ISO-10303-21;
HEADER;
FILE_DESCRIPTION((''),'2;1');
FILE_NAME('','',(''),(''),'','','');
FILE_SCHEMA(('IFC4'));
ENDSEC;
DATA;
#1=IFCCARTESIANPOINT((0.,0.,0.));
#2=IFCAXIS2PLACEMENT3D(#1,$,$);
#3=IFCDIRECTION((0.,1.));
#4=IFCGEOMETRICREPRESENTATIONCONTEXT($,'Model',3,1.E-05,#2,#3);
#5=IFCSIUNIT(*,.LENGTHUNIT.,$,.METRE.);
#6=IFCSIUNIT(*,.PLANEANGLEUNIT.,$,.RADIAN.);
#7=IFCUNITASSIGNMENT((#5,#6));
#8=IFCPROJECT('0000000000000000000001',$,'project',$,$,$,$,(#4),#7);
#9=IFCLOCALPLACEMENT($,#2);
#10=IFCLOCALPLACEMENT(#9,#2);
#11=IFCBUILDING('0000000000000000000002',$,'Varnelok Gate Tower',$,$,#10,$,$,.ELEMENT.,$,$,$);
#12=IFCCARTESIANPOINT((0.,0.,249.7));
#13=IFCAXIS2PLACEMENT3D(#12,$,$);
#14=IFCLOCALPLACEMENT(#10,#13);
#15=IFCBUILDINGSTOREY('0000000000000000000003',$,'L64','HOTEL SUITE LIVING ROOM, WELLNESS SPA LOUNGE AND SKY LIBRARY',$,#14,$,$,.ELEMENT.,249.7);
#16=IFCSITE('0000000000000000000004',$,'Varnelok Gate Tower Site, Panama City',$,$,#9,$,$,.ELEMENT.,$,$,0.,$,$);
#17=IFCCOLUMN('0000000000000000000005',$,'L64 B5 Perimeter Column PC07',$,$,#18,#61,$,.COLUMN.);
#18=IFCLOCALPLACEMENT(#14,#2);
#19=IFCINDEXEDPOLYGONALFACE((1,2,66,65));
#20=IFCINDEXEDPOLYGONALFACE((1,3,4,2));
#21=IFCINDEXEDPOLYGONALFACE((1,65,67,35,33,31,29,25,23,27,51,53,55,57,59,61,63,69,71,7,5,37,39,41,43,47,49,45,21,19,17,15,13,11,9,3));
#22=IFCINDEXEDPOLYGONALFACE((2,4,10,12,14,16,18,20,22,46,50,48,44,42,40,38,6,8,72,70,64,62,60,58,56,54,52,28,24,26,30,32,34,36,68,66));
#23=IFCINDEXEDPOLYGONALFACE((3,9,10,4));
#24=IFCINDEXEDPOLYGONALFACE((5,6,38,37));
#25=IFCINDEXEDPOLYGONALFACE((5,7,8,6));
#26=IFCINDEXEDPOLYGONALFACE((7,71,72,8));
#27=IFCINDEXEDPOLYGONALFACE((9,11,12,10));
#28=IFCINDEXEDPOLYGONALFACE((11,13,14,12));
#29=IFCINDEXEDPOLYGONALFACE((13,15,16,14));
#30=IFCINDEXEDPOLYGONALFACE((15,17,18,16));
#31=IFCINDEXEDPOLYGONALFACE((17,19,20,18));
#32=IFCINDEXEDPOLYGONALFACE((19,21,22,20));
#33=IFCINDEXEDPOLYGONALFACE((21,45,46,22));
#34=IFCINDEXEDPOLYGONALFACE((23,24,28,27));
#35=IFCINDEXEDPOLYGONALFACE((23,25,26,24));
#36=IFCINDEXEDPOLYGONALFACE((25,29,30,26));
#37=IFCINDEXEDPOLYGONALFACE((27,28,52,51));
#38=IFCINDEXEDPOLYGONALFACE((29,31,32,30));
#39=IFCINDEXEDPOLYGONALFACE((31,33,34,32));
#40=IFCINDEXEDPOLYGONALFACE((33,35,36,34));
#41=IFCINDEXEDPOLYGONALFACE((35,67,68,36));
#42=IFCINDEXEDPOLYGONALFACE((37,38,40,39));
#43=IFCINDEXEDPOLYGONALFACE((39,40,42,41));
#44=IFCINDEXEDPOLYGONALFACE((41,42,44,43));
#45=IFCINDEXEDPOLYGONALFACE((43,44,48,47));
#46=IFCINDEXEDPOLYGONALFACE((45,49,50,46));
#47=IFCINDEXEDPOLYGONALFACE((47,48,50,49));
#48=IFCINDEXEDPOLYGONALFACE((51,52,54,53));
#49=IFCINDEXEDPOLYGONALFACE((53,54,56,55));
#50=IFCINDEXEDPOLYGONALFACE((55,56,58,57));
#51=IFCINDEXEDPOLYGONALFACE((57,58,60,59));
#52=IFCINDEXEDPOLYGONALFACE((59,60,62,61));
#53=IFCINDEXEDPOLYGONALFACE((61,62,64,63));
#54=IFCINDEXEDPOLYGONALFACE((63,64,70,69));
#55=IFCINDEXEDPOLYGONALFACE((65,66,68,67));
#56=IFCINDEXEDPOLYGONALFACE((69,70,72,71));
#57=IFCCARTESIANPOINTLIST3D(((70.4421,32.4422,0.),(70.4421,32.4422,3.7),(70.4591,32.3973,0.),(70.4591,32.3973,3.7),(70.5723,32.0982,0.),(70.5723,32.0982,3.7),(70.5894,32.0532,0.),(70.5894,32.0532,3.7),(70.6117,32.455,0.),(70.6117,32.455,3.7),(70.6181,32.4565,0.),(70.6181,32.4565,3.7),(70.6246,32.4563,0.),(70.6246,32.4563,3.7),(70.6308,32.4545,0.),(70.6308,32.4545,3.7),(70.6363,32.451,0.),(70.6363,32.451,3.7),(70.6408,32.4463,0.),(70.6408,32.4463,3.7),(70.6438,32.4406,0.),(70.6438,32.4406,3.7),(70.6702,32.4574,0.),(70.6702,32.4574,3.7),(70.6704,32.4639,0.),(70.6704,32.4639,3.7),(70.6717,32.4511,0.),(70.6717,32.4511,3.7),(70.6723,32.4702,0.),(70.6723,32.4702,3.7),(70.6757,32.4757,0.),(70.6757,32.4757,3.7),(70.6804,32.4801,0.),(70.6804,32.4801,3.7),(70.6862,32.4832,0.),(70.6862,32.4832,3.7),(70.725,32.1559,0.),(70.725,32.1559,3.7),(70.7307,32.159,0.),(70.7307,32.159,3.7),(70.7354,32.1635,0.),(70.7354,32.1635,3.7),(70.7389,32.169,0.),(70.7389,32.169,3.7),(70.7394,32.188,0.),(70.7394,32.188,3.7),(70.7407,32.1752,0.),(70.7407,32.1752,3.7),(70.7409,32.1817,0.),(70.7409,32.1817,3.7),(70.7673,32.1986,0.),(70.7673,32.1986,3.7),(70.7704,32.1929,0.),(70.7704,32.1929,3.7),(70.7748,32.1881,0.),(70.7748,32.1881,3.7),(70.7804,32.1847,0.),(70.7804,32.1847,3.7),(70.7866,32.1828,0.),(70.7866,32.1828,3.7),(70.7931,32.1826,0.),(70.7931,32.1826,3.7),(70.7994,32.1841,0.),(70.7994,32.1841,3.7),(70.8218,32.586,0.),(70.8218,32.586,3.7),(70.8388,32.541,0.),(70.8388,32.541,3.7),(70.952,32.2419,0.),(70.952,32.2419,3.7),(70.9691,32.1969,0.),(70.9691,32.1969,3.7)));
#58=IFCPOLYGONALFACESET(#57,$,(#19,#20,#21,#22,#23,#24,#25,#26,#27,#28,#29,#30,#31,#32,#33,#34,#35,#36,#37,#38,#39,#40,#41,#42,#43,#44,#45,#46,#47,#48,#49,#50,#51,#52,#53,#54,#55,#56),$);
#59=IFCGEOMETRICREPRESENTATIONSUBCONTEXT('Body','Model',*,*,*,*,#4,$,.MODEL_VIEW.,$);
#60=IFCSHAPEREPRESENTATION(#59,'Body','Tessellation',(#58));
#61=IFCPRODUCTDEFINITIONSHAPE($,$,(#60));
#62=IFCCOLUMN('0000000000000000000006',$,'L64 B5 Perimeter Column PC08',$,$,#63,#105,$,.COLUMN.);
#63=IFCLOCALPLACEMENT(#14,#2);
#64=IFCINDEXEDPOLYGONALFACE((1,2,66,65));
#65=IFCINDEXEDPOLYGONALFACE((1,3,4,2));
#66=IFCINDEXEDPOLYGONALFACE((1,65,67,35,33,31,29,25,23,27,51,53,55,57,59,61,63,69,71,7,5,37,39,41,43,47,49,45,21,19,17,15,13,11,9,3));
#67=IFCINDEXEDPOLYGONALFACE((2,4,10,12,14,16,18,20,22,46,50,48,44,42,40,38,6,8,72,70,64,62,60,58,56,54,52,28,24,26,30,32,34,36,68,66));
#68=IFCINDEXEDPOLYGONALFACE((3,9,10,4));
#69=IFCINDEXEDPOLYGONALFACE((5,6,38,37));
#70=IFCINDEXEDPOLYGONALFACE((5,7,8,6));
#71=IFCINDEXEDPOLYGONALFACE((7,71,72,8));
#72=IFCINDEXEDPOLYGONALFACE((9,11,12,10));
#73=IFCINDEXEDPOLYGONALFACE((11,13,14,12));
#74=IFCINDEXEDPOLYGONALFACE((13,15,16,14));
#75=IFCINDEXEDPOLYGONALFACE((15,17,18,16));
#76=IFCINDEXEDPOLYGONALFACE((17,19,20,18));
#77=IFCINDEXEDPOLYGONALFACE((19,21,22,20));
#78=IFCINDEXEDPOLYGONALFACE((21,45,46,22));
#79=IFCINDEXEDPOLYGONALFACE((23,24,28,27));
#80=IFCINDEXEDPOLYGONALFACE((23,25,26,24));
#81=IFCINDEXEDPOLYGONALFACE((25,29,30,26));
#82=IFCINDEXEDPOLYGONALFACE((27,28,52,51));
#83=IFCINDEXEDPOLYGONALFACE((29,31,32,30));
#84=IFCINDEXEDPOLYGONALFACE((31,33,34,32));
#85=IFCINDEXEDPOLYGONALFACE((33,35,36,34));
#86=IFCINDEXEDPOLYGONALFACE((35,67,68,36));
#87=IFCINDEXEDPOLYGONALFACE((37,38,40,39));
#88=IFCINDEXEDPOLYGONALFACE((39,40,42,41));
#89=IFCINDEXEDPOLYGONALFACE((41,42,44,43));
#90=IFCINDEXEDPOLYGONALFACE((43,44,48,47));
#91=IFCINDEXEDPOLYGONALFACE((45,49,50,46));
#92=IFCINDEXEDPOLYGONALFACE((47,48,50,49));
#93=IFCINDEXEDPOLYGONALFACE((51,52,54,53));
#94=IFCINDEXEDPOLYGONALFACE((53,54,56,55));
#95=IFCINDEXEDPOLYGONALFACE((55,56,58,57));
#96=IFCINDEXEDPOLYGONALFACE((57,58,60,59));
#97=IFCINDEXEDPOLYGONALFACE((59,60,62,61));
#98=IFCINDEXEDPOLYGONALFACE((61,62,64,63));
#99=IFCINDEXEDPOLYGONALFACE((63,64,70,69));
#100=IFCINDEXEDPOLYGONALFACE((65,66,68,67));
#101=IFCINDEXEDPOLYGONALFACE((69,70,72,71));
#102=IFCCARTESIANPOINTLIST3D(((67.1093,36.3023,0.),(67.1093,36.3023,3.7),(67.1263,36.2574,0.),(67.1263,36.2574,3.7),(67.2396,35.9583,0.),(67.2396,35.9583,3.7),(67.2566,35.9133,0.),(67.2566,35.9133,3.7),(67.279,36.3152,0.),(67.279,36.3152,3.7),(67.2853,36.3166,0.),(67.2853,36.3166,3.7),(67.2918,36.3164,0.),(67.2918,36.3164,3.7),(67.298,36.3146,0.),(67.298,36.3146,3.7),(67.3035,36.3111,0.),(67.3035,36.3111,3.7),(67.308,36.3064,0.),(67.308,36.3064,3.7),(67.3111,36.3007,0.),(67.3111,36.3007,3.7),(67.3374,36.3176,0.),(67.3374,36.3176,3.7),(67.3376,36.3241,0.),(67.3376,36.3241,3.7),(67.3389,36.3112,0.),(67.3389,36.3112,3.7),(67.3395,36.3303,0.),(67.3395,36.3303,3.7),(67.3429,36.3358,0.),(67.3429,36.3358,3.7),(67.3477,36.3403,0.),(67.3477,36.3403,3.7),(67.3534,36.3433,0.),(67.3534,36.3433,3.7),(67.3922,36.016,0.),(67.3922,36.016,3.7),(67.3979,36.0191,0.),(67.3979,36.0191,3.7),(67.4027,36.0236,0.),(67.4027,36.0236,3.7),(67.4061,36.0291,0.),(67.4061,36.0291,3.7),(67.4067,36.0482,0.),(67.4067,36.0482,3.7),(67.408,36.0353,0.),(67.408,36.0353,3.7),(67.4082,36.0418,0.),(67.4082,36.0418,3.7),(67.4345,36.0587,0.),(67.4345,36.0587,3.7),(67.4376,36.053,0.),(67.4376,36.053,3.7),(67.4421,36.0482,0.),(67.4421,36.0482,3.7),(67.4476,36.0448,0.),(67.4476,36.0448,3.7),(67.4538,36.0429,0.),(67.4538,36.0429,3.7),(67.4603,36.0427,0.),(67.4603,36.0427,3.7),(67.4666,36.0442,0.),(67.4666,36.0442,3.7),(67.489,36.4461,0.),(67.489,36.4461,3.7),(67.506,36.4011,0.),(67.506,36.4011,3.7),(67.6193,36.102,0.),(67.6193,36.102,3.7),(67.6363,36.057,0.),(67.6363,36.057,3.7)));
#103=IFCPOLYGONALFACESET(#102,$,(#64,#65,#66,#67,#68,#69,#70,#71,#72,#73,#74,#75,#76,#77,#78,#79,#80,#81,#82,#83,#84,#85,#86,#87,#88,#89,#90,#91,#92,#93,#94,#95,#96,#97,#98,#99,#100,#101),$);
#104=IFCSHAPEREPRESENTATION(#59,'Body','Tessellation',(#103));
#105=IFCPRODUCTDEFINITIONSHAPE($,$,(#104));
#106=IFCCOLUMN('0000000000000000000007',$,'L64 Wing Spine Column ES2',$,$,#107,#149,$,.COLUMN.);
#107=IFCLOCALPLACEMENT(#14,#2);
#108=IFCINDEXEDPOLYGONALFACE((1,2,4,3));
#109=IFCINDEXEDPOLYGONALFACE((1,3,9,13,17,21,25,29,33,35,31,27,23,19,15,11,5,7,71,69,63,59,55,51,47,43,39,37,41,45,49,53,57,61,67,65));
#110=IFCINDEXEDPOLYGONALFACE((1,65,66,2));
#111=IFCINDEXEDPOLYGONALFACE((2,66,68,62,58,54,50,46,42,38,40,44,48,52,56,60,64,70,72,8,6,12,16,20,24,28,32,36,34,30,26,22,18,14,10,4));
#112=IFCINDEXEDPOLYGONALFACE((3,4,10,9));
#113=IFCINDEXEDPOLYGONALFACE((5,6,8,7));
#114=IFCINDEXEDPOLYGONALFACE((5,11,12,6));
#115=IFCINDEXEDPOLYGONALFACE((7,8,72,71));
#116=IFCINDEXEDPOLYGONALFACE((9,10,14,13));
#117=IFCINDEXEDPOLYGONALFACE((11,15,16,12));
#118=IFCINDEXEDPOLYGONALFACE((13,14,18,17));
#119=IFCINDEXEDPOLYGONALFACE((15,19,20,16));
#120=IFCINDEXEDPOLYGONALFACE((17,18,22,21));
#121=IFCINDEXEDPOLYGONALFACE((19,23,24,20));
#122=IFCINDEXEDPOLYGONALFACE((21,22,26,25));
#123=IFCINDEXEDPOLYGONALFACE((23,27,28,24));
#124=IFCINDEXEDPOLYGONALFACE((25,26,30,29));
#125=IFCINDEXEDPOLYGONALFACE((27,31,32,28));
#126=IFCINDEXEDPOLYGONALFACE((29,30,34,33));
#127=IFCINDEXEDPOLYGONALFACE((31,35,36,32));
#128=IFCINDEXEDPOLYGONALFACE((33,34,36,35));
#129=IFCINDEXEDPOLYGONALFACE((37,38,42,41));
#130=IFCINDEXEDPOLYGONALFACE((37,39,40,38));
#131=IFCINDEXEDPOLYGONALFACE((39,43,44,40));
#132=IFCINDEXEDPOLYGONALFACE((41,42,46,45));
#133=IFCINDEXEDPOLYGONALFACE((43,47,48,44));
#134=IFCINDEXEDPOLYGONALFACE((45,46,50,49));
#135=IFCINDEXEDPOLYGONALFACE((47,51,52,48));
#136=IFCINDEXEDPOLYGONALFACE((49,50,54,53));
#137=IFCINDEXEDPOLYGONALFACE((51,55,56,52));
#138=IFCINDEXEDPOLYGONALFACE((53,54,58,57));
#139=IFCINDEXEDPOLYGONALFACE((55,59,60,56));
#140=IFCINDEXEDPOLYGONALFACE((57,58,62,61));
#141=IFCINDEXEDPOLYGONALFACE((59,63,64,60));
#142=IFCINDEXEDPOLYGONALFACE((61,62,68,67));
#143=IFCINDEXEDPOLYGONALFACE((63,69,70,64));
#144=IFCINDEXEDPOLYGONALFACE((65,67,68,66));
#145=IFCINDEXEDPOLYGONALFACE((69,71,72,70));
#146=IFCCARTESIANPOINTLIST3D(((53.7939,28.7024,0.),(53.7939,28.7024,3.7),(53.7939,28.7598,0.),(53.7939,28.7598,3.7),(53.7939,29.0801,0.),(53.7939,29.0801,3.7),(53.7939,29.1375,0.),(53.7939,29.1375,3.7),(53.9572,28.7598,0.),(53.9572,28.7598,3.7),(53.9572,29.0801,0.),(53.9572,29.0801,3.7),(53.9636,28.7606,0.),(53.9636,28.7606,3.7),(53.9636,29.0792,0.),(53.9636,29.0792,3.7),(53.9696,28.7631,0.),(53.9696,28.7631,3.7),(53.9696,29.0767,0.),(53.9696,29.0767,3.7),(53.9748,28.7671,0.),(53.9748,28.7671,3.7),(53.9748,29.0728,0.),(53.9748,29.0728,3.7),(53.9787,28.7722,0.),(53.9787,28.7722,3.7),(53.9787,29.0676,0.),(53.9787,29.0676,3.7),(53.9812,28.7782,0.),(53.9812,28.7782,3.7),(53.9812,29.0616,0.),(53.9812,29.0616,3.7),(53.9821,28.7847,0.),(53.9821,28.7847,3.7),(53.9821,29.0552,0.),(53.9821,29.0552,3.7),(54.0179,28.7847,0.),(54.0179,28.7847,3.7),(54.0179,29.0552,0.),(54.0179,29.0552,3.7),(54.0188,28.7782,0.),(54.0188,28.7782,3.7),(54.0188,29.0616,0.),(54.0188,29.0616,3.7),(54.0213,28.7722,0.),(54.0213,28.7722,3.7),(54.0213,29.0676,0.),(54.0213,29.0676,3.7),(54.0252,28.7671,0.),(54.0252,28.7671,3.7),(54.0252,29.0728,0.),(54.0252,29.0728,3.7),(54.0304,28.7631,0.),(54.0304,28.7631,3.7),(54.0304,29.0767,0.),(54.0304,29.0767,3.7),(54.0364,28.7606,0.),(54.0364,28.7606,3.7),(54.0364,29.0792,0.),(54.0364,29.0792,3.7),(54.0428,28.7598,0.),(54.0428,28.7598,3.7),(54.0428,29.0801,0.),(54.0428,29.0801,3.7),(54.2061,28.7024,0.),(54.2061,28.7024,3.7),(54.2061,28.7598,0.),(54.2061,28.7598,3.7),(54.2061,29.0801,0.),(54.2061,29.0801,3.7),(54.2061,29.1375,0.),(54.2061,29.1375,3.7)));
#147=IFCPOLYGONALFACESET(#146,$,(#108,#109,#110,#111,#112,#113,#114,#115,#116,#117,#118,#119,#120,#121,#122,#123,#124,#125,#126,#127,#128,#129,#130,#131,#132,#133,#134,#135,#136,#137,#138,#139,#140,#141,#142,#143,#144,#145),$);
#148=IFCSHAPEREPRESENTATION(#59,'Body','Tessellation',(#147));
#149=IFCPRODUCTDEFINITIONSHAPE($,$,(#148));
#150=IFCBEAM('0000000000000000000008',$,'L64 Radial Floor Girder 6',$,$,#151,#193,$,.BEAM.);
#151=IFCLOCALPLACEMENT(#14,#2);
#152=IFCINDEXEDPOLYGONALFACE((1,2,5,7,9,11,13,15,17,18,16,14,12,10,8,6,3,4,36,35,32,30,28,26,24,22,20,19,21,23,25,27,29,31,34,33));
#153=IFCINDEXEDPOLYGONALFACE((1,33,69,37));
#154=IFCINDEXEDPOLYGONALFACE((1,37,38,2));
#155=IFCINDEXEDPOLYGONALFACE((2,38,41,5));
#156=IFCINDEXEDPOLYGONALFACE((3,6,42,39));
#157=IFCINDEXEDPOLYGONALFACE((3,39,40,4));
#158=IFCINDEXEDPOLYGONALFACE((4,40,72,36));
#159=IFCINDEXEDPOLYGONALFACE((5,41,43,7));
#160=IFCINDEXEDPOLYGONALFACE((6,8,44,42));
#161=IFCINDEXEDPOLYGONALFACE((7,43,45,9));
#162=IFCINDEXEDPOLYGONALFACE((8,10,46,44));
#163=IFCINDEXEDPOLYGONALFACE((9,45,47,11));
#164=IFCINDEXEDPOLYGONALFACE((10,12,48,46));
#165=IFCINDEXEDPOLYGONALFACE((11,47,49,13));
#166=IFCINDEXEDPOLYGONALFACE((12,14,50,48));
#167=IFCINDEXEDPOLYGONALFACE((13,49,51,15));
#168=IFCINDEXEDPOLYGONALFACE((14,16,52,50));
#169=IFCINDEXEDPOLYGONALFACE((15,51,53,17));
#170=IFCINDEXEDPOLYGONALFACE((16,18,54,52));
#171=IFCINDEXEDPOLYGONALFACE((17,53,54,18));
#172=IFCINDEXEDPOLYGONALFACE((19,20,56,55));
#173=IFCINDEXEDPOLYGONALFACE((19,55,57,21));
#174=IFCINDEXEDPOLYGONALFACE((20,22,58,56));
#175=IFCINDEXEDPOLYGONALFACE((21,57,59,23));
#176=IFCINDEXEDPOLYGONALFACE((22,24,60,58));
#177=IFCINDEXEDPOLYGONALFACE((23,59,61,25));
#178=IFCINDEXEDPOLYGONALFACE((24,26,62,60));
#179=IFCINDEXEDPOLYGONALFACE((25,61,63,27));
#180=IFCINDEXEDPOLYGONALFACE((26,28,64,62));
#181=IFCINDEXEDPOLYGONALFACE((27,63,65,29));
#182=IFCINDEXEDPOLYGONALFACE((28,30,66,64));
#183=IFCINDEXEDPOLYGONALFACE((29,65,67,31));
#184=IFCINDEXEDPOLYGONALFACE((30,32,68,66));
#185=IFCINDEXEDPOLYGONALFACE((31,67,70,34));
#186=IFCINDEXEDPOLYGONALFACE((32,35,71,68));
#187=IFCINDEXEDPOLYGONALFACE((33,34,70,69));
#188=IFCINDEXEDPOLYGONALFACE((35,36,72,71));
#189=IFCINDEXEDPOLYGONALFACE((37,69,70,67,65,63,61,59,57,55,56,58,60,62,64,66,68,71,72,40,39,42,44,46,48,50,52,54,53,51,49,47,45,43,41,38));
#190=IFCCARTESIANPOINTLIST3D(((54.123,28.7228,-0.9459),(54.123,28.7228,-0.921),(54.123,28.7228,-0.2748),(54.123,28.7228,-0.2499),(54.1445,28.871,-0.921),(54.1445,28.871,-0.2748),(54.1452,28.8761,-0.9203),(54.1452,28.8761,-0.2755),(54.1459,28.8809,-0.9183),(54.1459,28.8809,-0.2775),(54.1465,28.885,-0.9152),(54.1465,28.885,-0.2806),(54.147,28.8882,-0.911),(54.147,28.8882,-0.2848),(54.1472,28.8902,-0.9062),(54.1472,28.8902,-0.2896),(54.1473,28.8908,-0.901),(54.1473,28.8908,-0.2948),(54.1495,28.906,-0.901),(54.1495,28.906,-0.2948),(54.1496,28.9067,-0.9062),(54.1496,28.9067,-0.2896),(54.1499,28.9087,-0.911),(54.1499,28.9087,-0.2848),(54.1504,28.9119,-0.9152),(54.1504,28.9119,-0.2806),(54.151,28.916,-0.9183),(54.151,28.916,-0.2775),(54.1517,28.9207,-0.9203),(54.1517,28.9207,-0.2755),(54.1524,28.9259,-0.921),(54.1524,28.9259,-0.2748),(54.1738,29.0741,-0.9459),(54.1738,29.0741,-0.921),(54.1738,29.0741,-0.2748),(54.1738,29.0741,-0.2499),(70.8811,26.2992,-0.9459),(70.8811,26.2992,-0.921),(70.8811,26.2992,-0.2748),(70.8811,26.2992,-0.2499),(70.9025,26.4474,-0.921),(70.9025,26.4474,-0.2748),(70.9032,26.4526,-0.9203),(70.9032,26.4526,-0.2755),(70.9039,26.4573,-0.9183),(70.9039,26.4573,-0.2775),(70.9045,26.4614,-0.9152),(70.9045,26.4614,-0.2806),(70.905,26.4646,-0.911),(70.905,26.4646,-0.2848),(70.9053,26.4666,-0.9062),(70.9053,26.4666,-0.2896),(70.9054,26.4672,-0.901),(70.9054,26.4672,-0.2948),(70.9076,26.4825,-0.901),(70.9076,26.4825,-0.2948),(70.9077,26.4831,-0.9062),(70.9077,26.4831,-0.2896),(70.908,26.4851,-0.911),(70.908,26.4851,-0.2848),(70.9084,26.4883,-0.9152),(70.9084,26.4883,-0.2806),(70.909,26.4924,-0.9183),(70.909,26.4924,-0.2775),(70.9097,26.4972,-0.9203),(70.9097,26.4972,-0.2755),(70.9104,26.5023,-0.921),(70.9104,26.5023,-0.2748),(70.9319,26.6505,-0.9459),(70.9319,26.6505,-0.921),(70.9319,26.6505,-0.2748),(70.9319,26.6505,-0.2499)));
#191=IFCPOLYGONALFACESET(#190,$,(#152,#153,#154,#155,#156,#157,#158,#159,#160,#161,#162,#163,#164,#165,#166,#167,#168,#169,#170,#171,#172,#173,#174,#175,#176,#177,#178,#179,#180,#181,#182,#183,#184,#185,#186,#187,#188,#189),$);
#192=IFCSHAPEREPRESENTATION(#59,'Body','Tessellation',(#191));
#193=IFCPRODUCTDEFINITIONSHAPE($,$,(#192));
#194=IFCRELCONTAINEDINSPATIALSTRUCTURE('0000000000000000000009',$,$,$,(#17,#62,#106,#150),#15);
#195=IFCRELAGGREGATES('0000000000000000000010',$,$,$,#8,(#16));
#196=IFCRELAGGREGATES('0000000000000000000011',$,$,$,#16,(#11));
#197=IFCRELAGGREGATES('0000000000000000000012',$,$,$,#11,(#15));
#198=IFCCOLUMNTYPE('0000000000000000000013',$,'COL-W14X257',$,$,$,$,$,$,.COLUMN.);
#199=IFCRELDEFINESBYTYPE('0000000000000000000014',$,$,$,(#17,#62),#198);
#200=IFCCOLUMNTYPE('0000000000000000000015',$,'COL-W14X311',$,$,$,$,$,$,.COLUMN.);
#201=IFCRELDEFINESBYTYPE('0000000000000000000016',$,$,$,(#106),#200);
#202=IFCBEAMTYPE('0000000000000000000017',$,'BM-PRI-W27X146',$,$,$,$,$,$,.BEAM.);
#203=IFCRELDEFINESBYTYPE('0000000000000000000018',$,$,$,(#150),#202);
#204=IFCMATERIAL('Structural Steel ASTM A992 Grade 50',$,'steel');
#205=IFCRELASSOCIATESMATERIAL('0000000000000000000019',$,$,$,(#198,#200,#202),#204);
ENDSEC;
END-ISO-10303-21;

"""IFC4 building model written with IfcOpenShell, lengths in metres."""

from ifc_helpers import new_model, si_unit, direction, frame, origin, origin_2d, place, context, subcontext, project, spatial, i_section, extrude, material, material_profile, profile_set, type_object, element, save


model = new_model("IFC4")

# Units and contexts
model_context = context("Model", 3, precision=1e-05, world=origin(), true_north=direction((0.0, 1.0)))
body_context = subcontext(model_context, "Body", "Model", "MODEL_VIEW")
ifc_project = project(units=[si_unit("LENGTHUNIT", "METRE"), si_unit("PLANEANGLEUNIT", "RADIAN")], contexts=[model_context])

# Site, building, storey
site_placement = place(None, origin())
site = spatial("IfcSite", under=ifc_project, at=site_placement, Name="Varnelok Gate Tower Site, Panama City", CompositionType="ELEMENT", RefElevation=0.0)
building_placement = place(site_placement, origin())
building = spatial("IfcBuilding", under=site, at=building_placement, Name="Varnelok Gate Tower", CompositionType="ELEMENT")
storey_placement = place(building_placement, frame((0.0, 0.0, 249.7)))
storey = spatial("IfcBuildingStorey", under=building, at=storey_placement, Name="L64", Description="HOTEL SUITE LIVING ROOM, WELLNESS SPA LOUNGE AND SKY LIBRARY", CompositionType="ELEMENT", Elevation=249.7)

# Columns
ifc_material_1 = material(Name="Structural Steel ASTM A992 Grade 50", Category="steel")
ifc_material_profile_1 = material_profile(ifc_material_1, i_section(OverallWidth=0.406, OverallDepth=0.416, WebThickness=0.0298, FlangeThickness=0.0481, FilletRadius=0.0249, at=origin_2d()), Name="W14X257")
ifc_profile_set_1 = profile_set([ifc_material_profile_1], Name="Structural Steel ASTM A992 Grade 50")
column_type_1 = type_object("IfcColumnType", Name="COL-W14X257", PredefinedType="COLUMN", material=ifc_profile_set_1)
for number, where, z_axis, x_axis, name in (
    (1, (70.7056, 32.3196, 0.0), (0.0, 0.0, 1.0), (0.935222, 0.354063, 0.0), "L64 B5 Perimeter Column PC07"),
    (2, (67.3728, 36.1797, 0.0), (0.0, 0.0, 1.0), (0.935222, 0.354063, 0.0), "L64 B5 Perimeter Column PC08"),
):
    element("IfcColumn", number, at=place(storey_placement, frame(where, z_axis=z_axis, x_axis=x_axis)), inside=storey, type_object=column_type_1, Name=name, PredefinedType="COLUMN", context=body_context, shape_type="SweptSolid", body=[
        extrude(i_section(OverallWidth=0.406, OverallDepth=0.416, WebThickness=0.0298, FlangeThickness=0.0481, FilletRadius=0.0249, at=origin_2d()), origin(), (0.0, 0.0, 1.0), 3.7),
    ])
ifc_material_profile_2 = material_profile(ifc_material_1, i_section(OverallWidth=0.4121, OverallDepth=0.4351, WebThickness=0.0359, FlangeThickness=0.0574, FilletRadius=0.0249, at=origin_2d()), Name="W14X311")
ifc_profile_set_2 = profile_set([ifc_material_profile_2], Name="Structural Steel ASTM A992 Grade 50")
column_type_2 = type_object("IfcColumnType", Name="COL-W14X311", PredefinedType="COLUMN", material=ifc_profile_set_2)
column_placement = place(storey_placement, frame((54.0, 28.9199, 0.0), z_axis=(0.0, 0.0, 1.0), x_axis=(1.0, 0.0, 0.0)))
element("IfcColumn", 3, at=column_placement, inside=storey, type_object=column_type_2, Name="L64 Wing Spine Column ES2", PredefinedType="COLUMN", context=body_context, shape_type="SweptSolid", body=[
    extrude(i_section(OverallWidth=0.4121, OverallDepth=0.4351, WebThickness=0.0359, FlangeThickness=0.0574, FilletRadius=0.0249, at=origin_2d()), origin(), (0.0, 0.0, 1.0), 3.7),
])

# Beam
ifc_material_profile_3 = material_profile(ifc_material_1, i_section(OverallWidth=0.355, OverallDepth=0.696, WebThickness=0.0154, FlangeThickness=0.0249, FilletRadius=0.02, at=origin_2d()), Name="W27X146")
ifc_profile_set_3 = profile_set([ifc_material_profile_3], Name="Structural Steel ASTM A992 Grade 50")
beam_type_1 = type_object("IfcBeamType", Name="BM-PRI-W27X146", PredefinedType="BEAM", material=ifc_profile_set_3)
beam_1_placement = place(storey_placement, frame((54.1484, 28.8984, -0.5979), z_axis=(0.989703, -0.143133, 0.0), x_axis=(0.143133, 0.989703, 0.0)))
element("IfcBeam", 4, at=beam_1_placement, inside=storey, type_object=beam_type_1, Name="L64 Radial Floor Girder 6", PredefinedType="BEAM", context=body_context, shape_type="SweptSolid", body=[
    extrude(i_section(OverallWidth=0.355, OverallDepth=0.696, WebThickness=0.0154, FlangeThickness=0.0249, FilletRadius=0.02, at=origin_2d()), origin(), (0.0, 0.0, 1.0), 16.9324),
])

save(model, "model.ifc")
